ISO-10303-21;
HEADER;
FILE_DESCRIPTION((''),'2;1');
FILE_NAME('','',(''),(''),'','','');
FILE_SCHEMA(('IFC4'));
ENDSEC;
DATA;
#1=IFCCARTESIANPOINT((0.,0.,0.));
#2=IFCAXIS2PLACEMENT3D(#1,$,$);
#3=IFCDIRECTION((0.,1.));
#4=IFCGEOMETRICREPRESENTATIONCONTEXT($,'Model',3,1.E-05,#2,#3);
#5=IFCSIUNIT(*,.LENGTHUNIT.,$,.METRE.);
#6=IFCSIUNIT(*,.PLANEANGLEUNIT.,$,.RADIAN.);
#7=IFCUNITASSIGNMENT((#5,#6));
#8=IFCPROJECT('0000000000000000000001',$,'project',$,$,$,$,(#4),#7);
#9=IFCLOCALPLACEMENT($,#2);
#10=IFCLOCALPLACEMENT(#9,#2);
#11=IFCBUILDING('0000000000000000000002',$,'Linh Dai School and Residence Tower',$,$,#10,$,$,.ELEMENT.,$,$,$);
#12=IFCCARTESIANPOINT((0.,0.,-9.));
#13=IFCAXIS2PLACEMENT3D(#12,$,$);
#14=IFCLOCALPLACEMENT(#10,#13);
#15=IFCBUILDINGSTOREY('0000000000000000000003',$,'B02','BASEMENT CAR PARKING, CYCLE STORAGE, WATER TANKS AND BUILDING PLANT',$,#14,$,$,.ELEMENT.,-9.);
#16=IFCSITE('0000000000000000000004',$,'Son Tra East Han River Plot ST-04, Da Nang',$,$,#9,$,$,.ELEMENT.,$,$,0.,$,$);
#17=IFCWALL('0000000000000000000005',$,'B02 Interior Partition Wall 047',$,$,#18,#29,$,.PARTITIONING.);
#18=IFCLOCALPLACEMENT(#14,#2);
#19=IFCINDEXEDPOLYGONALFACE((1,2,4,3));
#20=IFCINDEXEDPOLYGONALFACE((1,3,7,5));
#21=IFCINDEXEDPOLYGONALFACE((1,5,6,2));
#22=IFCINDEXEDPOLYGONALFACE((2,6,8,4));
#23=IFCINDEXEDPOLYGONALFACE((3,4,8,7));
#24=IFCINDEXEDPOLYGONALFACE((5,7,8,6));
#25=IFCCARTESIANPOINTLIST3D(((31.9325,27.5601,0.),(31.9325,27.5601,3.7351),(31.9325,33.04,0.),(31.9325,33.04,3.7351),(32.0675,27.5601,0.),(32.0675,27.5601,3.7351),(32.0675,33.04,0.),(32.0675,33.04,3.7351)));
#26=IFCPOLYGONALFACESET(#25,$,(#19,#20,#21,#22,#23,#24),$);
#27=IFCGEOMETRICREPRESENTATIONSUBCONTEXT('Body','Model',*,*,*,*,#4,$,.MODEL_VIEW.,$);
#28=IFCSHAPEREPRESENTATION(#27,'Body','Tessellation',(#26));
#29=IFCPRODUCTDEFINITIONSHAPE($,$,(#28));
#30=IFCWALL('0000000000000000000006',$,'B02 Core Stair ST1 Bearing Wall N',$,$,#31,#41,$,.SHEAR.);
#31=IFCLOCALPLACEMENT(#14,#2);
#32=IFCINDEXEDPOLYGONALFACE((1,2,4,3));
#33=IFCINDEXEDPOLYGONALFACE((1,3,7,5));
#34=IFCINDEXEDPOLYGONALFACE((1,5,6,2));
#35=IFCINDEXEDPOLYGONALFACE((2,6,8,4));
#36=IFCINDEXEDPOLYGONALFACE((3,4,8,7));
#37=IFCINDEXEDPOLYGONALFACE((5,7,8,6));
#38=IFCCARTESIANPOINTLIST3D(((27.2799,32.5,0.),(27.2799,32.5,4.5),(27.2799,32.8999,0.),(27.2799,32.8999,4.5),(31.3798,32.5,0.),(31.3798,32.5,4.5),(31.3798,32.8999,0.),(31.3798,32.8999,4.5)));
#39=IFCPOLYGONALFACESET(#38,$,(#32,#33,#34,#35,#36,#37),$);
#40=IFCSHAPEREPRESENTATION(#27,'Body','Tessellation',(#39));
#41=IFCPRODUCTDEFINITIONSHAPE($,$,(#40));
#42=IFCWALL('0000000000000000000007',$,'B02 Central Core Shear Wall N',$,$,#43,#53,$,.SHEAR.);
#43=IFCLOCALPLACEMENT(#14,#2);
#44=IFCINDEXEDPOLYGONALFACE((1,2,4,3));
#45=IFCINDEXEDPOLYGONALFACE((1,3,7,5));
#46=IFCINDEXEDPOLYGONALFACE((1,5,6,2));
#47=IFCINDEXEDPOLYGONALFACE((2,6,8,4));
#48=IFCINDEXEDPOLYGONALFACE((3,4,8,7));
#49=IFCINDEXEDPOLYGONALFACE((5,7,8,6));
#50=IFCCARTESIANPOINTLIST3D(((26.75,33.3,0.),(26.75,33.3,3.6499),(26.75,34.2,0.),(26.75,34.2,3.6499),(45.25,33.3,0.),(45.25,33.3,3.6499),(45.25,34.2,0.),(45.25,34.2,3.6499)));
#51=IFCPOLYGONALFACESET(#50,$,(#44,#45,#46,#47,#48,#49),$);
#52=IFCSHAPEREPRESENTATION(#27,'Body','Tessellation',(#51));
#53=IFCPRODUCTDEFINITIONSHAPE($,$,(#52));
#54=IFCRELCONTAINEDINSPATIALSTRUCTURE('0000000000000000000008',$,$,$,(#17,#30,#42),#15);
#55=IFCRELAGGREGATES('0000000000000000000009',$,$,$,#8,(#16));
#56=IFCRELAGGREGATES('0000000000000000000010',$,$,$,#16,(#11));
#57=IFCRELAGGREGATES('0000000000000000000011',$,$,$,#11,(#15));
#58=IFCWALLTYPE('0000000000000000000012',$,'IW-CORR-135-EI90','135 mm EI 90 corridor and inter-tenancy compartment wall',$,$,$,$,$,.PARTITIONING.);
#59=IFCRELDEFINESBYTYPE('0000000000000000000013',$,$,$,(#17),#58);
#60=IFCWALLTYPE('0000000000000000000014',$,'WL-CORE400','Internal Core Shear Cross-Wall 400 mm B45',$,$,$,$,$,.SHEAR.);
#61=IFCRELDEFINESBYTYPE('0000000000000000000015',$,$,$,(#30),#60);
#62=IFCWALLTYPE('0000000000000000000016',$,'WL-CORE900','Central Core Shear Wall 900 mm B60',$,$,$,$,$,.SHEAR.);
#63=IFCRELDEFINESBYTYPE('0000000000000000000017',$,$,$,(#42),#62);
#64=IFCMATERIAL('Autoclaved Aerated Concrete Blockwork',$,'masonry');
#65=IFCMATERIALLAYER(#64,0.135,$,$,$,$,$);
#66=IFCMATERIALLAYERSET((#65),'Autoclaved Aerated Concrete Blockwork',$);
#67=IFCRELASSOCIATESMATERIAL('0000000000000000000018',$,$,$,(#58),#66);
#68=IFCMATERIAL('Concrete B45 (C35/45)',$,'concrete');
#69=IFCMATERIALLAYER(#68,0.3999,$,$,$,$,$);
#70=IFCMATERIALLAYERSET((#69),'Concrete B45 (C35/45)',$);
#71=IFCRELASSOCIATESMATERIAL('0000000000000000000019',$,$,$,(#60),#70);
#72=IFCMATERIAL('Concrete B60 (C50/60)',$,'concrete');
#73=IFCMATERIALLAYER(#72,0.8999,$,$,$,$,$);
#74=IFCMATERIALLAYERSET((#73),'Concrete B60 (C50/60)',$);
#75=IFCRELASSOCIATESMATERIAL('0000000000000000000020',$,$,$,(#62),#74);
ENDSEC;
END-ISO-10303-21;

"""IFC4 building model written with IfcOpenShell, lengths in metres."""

from ifc_helpers import new_model, si_unit, direction, frame, frame_2d, origin, place, context, subcontext, project, spatial, rectangle, extrude, material, layer, layer_set, type_object, element, save


model = new_model("IFC4")

# Units and contexts
model_context = context("Model", 3, precision=1e-05, world=origin(), true_north=direction((0.0, 1.0)))
body_context = subcontext(model_context, "Body", "Model", "MODEL_VIEW")
ifc_project = project(units=[si_unit("LENGTHUNIT", "METRE"), si_unit("PLANEANGLEUNIT", "RADIAN")], contexts=[model_context])

# Site, building, storey
site_placement = place(None, origin())
site = spatial("IfcSite", under=ifc_project, at=site_placement, Name="Son Tra East Han River Plot ST-04, Da Nang", CompositionType="ELEMENT", RefElevation=0.0)
building_placement = place(site_placement, origin())
building = spatial("IfcBuilding", under=site, at=building_placement, Name="Linh Dai School and Residence Tower", CompositionType="ELEMENT")
storey_placement = place(building_placement, frame((0.0, 0.0, -9.0)))
storey = spatial("IfcBuildingStorey", under=building, at=storey_placement, Name="B02", Description="BASEMENT CAR PARKING, CYCLE STORAGE, WATER TANKS AND BUILDING PLANT", CompositionType="ELEMENT", Elevation=-9.0)

# Shared definitions
ifc_material_1 = material(Name="Concrete B45 (C35/45)", Category="concrete")

# Walls
ifc_material_2 = material(Name="Autoclaved Aerated Concrete Blockwork", Category="masonry")
ifc_layer_1 = layer(ifc_material_2, 0.135)
ifc_layer_set_1 = layer_set([ifc_layer_1], Name="Autoclaved Aerated Concrete Blockwork")
wall_type_1 = type_object("IfcWallType", Name="IW-CORR-135-EI90", Description="135 mm EI 90 corridor and inter-tenancy compartment wall", PredefinedType="PARTITIONING", material=ifc_layer_set_1)
wall_1_placement = place(storey_placement, frame((32.0, 33.04, 0.0), z_axis=(0.0, 0.0, 1.0), x_axis=(0.0, -1.0, 0.0)))
element("IfcWall", 1, at=wall_1_placement, inside=storey, type_object=wall_type_1, Name="B02 Interior Partition Wall 047", PredefinedType="PARTITIONING", context=body_context, shape_type="SweptSolid", body=[
    extrude(rectangle(XDim=5.48, YDim=0.135, at=frame_2d((2.74, 0.0))), origin(), (0.0, 0.0, 1.0), 3.7351),
])
ifc_layer_2 = layer(ifc_material_1, 0.3999)
ifc_layer_set_2 = layer_set([ifc_layer_2], Name="Concrete B45 (C35/45)")
wall_type_2 = type_object("IfcWallType", Name="WL-CORE400", Description="Internal Core Shear Cross-Wall 400 mm B45", PredefinedType="SHEAR", material=ifc_layer_set_2)
wall_2_placement = place(storey_placement, frame((27.28, 32.7, 0.0), z_axis=(0.0, 0.0, 1.0), x_axis=(1.0, 0.0, 0.0)))
element("IfcWall", 2, at=wall_2_placement, inside=storey, type_object=wall_type_2, Name="B02 Core Stair ST1 Bearing Wall N", PredefinedType="SHEAR", context=body_context, shape_type="SweptSolid", body=[
    extrude(rectangle(XDim=4.0999, YDim=0.3999, at=frame_2d((2.0498, 0.0))), origin(), (0.0, 0.0, 1.0), 4.5),
])
ifc_material_3 = material(Name="Concrete B60 (C50/60)", Category="concrete")
ifc_layer_3 = layer(ifc_material_3, 0.8999)
ifc_layer_set_3 = layer_set([ifc_layer_3], Name="Concrete B60 (C50/60)")
wall_type_3 = type_object("IfcWallType", Name="WL-CORE900", Description="Central Core Shear Wall 900 mm B60", PredefinedType="SHEAR", material=ifc_layer_set_3)
wall_3_placement = place(storey_placement, frame((26.75, 33.75, 0.0), z_axis=(0.0, 0.0, 1.0), x_axis=(1.0, 0.0, 0.0)))
element("IfcWall", 3, at=wall_3_placement, inside=storey, type_object=wall_type_3, Name="B02 Central Core Shear Wall N", PredefinedType="SHEAR", context=body_context, shape_type="SweptSolid", body=[
    extrude(rectangle(XDim=18.5, YDim=0.8999, at=frame_2d((9.25, 0.0))), origin(), (0.0, 0.0, 1.0), 3.6499),
])

save(model, "model.ifc")
